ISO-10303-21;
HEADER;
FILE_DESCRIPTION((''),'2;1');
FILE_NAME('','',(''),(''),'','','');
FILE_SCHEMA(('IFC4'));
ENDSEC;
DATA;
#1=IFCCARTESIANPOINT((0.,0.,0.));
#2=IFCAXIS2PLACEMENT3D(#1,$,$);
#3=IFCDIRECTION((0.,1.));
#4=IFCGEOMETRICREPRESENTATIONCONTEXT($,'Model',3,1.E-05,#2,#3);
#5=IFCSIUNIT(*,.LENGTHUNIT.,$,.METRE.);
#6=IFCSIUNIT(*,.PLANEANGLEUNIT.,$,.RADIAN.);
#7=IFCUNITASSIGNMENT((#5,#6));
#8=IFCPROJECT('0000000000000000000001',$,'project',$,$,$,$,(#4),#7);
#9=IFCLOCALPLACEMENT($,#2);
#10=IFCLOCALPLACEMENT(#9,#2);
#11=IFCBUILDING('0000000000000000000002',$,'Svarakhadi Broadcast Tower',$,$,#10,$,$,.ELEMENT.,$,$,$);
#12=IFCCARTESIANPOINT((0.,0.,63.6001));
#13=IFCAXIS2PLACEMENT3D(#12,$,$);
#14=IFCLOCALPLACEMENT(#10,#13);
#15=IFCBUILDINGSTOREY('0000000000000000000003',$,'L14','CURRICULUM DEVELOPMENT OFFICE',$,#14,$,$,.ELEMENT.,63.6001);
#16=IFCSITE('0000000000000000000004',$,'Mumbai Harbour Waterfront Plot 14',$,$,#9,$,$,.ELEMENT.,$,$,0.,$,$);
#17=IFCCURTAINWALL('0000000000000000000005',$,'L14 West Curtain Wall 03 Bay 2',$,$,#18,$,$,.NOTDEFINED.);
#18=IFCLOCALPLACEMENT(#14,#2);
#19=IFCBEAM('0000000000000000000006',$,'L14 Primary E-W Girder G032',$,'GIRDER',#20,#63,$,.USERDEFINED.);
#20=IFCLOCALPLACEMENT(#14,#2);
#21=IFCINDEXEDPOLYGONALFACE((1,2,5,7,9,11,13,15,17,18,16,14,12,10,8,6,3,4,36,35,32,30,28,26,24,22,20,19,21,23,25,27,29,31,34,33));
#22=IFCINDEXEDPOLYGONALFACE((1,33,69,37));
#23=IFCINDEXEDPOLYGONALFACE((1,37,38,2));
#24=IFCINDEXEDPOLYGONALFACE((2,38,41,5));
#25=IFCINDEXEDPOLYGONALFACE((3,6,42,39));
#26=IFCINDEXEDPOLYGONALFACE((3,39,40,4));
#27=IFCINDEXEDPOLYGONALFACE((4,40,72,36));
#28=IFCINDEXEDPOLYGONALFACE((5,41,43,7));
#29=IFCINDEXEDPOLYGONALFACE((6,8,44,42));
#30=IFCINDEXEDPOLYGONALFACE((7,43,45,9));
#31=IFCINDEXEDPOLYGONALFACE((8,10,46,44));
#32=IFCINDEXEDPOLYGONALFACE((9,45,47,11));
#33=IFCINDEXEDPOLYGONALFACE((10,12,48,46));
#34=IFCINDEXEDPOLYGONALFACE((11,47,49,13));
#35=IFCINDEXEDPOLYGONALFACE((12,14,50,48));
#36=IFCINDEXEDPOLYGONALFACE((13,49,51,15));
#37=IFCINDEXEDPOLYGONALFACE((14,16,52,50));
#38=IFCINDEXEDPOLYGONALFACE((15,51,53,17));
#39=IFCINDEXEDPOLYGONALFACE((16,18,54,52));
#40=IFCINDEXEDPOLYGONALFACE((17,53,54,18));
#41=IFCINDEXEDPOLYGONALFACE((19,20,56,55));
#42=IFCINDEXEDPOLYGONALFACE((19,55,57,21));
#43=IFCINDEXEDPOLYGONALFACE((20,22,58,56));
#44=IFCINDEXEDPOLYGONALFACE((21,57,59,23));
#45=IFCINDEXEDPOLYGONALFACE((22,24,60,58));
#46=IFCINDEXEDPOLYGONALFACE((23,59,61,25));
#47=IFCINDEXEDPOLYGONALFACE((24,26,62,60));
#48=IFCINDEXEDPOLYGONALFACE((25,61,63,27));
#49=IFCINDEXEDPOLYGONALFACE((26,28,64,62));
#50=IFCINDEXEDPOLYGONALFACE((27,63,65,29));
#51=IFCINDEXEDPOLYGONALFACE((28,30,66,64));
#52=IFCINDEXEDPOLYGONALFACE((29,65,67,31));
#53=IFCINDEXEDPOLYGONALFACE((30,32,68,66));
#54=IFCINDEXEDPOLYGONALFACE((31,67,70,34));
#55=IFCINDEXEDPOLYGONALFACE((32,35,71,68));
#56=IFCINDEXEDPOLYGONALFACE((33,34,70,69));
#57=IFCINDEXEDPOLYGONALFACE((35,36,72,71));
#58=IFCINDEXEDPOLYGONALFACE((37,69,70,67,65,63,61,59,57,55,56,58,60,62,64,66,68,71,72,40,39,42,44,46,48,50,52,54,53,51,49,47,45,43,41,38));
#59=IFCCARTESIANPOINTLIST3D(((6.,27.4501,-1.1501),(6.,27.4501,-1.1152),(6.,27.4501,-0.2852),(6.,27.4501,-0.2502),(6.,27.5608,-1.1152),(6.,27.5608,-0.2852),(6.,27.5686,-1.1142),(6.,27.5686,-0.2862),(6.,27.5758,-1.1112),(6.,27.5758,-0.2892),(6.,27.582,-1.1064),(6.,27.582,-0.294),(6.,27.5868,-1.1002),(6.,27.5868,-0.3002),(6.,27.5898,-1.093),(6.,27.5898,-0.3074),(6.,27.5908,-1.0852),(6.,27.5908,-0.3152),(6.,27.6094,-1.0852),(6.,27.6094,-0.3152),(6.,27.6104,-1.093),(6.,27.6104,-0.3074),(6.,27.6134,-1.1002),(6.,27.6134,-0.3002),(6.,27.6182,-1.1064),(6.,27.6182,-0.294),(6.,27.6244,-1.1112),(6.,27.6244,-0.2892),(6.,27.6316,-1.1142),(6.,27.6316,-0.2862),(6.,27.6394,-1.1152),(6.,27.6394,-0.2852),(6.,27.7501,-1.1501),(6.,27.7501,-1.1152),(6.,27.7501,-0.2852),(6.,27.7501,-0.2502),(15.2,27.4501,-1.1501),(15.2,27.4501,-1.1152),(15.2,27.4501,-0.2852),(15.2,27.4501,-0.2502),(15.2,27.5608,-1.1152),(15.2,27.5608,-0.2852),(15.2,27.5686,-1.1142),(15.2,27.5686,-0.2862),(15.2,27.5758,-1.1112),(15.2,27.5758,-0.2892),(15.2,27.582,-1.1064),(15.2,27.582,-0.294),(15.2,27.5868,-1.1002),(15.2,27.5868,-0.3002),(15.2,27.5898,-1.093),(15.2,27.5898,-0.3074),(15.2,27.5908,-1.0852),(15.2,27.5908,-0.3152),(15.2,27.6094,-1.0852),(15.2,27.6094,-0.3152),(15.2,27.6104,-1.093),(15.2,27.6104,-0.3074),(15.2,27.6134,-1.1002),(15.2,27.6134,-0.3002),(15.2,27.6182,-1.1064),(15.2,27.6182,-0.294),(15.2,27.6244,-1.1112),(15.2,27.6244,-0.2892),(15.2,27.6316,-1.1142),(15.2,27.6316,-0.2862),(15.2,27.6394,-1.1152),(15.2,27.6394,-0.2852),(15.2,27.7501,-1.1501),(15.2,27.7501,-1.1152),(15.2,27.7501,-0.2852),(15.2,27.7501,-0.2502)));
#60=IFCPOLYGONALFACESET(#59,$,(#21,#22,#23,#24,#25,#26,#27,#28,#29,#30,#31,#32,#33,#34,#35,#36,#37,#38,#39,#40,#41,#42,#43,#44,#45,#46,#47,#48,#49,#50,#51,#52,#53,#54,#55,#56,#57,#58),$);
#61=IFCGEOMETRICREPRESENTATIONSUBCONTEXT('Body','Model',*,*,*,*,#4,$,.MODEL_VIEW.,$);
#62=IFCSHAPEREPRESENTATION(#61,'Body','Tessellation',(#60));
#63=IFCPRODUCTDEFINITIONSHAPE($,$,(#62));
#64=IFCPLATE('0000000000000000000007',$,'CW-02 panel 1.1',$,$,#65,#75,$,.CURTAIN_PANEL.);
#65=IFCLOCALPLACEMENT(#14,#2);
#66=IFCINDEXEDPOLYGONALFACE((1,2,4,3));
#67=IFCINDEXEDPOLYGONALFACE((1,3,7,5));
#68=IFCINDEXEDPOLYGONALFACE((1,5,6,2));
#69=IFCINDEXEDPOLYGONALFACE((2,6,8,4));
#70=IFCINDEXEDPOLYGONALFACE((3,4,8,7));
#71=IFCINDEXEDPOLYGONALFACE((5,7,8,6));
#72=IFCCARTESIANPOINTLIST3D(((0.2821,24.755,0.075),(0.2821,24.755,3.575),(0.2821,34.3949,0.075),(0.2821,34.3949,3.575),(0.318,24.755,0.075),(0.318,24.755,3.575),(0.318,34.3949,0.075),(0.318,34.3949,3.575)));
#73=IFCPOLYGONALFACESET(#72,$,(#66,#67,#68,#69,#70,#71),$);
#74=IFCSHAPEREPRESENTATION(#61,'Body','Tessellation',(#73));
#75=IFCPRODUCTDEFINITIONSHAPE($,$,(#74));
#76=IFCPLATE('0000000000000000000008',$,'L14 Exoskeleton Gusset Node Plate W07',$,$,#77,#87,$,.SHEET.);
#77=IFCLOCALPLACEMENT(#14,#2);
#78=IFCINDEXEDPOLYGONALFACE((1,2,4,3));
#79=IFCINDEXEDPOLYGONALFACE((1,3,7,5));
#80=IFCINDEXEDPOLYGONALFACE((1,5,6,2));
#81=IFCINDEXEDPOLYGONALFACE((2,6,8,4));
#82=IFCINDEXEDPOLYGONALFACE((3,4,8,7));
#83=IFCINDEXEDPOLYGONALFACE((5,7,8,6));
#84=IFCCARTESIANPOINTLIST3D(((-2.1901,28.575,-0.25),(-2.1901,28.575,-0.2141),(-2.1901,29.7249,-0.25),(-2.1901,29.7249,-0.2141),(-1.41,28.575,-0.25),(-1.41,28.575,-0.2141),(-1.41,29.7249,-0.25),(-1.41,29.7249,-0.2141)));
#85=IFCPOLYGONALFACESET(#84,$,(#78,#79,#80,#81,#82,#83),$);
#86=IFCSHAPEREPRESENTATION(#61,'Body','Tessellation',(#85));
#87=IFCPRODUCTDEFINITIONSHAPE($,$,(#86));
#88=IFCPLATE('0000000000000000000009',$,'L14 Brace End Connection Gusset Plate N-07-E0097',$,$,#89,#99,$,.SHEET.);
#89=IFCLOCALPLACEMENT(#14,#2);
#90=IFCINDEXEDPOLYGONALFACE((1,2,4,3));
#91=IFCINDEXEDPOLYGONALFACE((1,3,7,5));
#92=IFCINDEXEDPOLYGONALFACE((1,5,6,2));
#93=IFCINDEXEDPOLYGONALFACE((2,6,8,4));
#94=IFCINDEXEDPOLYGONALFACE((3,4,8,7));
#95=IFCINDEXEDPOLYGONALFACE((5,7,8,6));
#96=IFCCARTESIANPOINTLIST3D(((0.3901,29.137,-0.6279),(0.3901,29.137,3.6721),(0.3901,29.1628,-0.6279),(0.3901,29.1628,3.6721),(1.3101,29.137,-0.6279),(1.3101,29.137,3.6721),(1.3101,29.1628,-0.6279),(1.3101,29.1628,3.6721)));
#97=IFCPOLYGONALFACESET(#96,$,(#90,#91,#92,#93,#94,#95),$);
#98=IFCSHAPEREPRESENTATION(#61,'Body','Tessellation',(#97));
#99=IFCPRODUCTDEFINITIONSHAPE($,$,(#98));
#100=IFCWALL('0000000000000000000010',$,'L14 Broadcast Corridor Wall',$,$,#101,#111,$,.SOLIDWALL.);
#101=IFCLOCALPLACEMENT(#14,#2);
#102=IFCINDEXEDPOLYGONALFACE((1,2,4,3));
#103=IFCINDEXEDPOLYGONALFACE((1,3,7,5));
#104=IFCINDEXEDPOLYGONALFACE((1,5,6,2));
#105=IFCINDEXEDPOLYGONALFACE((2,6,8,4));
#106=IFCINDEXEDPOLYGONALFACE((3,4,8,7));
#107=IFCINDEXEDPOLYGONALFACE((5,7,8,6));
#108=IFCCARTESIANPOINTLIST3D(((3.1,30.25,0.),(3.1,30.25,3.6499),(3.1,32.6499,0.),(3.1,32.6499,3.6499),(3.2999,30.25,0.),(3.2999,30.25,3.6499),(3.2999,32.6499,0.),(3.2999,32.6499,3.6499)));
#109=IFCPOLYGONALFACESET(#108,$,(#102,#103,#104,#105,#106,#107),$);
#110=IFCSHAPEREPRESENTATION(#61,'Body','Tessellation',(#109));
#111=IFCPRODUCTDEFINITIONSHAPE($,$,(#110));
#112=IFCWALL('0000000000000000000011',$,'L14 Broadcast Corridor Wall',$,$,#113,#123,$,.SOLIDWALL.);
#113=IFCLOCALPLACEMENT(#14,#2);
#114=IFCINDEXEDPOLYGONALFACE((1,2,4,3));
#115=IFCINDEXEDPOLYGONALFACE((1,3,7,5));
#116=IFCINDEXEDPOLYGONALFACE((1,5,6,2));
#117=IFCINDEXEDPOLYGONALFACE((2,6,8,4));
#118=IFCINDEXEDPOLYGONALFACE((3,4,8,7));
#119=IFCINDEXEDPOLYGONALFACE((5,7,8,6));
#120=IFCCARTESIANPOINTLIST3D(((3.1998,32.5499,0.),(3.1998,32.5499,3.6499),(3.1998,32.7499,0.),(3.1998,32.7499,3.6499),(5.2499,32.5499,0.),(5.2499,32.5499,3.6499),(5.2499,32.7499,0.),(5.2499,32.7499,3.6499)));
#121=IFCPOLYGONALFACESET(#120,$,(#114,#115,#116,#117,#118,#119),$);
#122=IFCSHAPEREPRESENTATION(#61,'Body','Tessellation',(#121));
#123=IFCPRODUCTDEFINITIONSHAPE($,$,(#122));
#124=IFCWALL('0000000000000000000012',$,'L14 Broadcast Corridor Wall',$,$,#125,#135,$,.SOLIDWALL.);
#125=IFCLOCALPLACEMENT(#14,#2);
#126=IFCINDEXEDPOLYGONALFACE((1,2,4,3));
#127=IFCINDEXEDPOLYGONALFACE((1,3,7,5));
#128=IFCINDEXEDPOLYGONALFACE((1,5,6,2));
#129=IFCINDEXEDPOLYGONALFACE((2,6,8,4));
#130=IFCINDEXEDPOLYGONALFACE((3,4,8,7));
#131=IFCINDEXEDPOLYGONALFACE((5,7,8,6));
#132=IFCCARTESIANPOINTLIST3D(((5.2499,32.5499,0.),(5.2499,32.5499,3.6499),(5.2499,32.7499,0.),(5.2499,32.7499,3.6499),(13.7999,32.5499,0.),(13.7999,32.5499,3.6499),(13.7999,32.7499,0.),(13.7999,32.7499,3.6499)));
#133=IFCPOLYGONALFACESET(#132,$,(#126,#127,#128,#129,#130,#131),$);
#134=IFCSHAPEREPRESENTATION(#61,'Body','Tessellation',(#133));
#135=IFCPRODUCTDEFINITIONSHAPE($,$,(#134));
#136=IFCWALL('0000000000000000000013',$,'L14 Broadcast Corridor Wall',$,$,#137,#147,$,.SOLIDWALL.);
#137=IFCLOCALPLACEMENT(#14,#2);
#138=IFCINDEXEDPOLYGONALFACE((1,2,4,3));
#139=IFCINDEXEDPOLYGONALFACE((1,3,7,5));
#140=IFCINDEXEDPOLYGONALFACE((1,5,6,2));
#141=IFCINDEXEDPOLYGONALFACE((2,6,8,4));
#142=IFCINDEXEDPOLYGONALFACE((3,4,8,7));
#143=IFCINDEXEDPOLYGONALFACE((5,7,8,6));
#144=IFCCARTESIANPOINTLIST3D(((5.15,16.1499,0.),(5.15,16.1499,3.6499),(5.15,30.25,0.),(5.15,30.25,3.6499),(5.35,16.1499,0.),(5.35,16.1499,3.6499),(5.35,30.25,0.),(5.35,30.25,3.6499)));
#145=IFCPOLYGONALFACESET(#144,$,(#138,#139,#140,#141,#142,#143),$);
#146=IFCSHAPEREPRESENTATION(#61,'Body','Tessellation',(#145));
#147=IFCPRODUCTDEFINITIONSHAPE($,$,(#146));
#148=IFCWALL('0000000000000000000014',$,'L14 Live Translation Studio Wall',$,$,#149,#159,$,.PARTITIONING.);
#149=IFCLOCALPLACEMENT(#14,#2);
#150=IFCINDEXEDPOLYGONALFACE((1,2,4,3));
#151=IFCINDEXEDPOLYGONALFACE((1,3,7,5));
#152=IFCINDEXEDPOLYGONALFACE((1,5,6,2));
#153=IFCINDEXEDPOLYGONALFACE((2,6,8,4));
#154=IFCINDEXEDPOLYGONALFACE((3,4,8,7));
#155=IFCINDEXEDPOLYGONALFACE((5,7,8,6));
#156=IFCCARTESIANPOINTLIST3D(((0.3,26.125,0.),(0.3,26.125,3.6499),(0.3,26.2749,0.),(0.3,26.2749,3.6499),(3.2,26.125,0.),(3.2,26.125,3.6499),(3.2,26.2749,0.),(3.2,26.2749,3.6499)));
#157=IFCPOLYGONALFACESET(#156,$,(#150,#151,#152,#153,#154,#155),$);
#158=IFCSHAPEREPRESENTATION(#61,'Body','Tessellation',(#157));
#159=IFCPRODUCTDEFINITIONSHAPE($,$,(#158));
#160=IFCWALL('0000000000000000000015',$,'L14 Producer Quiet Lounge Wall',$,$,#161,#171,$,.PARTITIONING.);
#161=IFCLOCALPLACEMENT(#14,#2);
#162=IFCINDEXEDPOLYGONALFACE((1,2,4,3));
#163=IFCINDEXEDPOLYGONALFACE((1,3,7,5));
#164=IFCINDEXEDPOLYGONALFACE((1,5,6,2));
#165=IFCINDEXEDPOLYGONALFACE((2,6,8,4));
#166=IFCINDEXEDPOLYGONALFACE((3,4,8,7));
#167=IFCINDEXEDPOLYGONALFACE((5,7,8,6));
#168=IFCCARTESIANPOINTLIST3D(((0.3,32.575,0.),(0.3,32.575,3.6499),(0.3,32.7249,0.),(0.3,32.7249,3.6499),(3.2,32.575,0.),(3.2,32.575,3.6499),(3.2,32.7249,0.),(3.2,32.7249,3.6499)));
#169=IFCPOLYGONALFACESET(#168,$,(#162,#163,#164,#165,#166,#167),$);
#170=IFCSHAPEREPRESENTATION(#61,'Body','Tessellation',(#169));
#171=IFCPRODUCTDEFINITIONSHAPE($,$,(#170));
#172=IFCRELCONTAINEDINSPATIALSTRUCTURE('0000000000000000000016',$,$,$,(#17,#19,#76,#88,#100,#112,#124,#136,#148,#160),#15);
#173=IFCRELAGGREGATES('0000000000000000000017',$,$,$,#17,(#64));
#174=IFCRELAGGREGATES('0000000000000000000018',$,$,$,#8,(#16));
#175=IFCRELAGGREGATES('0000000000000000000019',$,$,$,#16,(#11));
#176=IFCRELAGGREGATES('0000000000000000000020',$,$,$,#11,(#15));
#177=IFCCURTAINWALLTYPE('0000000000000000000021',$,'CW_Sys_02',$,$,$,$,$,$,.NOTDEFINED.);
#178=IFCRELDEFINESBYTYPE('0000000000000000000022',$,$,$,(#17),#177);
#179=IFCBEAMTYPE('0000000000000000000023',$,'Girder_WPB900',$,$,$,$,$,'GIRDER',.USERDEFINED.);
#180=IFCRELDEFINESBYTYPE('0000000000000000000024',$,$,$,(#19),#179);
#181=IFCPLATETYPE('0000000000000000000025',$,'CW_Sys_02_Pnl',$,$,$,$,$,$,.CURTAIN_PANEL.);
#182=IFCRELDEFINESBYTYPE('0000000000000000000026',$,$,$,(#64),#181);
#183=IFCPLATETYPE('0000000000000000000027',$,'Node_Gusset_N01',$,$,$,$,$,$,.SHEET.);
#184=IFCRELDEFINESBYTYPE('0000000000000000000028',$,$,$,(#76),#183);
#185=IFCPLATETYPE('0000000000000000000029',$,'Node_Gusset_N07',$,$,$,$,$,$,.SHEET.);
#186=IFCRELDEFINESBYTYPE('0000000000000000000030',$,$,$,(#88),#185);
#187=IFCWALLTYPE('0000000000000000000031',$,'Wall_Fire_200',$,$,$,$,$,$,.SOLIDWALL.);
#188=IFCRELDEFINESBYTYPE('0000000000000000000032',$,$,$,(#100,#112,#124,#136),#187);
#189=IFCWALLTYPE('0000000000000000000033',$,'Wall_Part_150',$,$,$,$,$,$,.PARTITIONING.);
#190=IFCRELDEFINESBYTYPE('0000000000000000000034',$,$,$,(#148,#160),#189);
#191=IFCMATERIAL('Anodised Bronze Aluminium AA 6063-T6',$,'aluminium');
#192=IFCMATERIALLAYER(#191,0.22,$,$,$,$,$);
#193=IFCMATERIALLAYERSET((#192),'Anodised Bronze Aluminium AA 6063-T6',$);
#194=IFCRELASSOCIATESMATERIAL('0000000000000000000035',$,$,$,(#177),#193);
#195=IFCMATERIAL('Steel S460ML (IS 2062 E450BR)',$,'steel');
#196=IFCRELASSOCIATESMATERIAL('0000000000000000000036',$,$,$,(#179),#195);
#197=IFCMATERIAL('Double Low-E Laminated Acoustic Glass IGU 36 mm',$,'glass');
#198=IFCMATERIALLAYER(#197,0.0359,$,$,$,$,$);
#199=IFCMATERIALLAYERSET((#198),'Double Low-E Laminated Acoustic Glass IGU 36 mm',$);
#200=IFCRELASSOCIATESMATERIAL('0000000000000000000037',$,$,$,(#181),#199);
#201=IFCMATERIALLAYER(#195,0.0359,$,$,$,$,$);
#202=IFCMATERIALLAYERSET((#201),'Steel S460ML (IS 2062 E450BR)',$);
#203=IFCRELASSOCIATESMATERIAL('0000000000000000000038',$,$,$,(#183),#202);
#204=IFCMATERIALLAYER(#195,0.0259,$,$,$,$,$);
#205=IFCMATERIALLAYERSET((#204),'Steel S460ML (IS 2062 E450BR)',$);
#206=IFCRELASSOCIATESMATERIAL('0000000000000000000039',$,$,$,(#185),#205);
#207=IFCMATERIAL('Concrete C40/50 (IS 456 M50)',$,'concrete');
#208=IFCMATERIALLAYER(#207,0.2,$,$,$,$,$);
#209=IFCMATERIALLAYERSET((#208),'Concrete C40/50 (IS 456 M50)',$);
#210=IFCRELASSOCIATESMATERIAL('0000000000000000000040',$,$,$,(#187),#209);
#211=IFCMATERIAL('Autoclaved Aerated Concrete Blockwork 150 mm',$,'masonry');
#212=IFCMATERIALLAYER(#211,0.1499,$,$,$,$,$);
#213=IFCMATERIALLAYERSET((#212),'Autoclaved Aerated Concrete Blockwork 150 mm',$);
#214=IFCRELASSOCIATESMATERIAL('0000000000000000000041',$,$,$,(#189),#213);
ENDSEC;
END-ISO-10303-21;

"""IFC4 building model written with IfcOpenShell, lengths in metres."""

from ifc_helpers import new_model, si_unit, direction, frame, frame_2d, origin, origin_2d, place, context, subcontext, project, spatial, rectangle, i_section, extrude, material, layer, layer_set, material_profile, profile_set, type_object, element, aggregate, save


model = new_model("IFC4")

# Units and contexts
model_context = context("Model", 3, precision=1e-05, world=origin(), true_north=direction((0.0, 1.0)))
body_context = subcontext(model_context, "Body", "Model", "MODEL_VIEW")
ifc_project = project(units=[si_unit("LENGTHUNIT", "METRE"), si_unit("PLANEANGLEUNIT", "RADIAN")], contexts=[model_context])

# Site, building, storey
site_placement = place(None, origin())
site = spatial("IfcSite", under=ifc_project, at=site_placement, Name="Mumbai Harbour Waterfront Plot 14", CompositionType="ELEMENT", RefElevation=0.0)
building_placement = place(site_placement, origin())
building = spatial("IfcBuilding", under=site, at=building_placement, Name="Svarakhadi Broadcast Tower", CompositionType="ELEMENT")
storey_placement = place(building_placement, frame((0.0, 0.0, 63.6001)))
storey = spatial("IfcBuildingStorey", under=building, at=storey_placement, Name="L14", Description="CURRICULUM DEVELOPMENT OFFICE", CompositionType="ELEMENT", Elevation=63.6001)

# Shared definitions
ifc_material_1 = material(Name="Steel S460ML (IS 2062 E450BR)", Category="steel")

# Shared definitions
ifc_material_2 = material(Name="Anodised Bronze Aluminium AA 6063-T6", Category="aluminium")
ifc_layer_1 = layer(ifc_material_2, 0.22)
ifc_layer_set_1 = layer_set([ifc_layer_1], Name="Anodised Bronze Aluminium AA 6063-T6")
curtain_wall_type = type_object("IfcCurtainWallType", Name="CW_Sys_02", PredefinedType="NOTDEFINED", material=ifc_layer_set_1)

# Curtain wall
curtain_wall_1_placement = place(storey_placement, origin())
curtain_wall_1 = element("IfcCurtainWall", 1, at=curtain_wall_1_placement, inside=storey, type_object=curtain_wall_type, Name="L14 West Curtain Wall 03 Bay 2", PredefinedType="NOTDEFINED")

# Beam
ifc_material_profile_1 = material_profile(ifc_material_1, i_section(OverallWidth=0.3, OverallDepth=0.8999, WebThickness=0.0186, FlangeThickness=0.0349, FilletRadius=0.03, at=origin_2d()), Name="WPB 900x300x291")
ifc_profile_set_1 = profile_set([ifc_material_profile_1], Name="Steel S460ML (IS 2062 E450BR)")
beam_type_1 = type_object("IfcBeamType", Name="Girder_WPB900", ElementType="GIRDER", PredefinedType="USERDEFINED", material=ifc_profile_set_1)
beam_1_placement = place(storey_placement, frame((6.0, 27.6001, -0.7002), z_axis=(1.0, 0.0, 0.0), x_axis=(0.0, 1.0, 0.0)))
element("IfcBeam", 2, at=beam_1_placement, inside=storey, type_object=beam_type_1, Name="L14 Primary E-W Girder G032", ObjectType="GIRDER", PredefinedType="USERDEFINED", context=body_context, shape_type="SweptSolid", body=[
    extrude(i_section(OverallWidth=0.3, OverallDepth=0.8999, WebThickness=0.0186, FlangeThickness=0.0349, FilletRadius=0.03, at=origin_2d()), origin(), (0.0, 0.0, 1.0), 9.2),
])

# Plate
ifc_material_3 = material(Name="Double Low-E Laminated Acoustic Glass IGU 36 mm", Category="glass")
ifc_layer_2 = layer(ifc_material_3, 0.0359)
ifc_layer_set_2 = layer_set([ifc_layer_2], Name="Double Low-E Laminated Acoustic Glass IGU 36 mm")
plate_type_1 = type_object("IfcPlateType", Name="CW_Sys_02_Pnl", PredefinedType="CURTAIN_PANEL", material=ifc_layer_set_2)
plate_1_placement = place(storey_placement, frame((0.3, 29.575, 0.075), z_axis=(0.0, 0.0, 1.0), x_axis=(0.0, 1.0, 0.0)))
plate_1 = element("IfcPlate", 3, at=plate_1_placement, type_object=plate_type_1, Name="CW-02 panel 1.1", PredefinedType="CURTAIN_PANEL", context=body_context, shape_type="SweptSolid", body=[
    extrude(rectangle(XDim=9.6399, YDim=0.0359, at=origin_2d()), origin(), (0.0, 0.0, 1.0), 3.5),
])
aggregate(curtain_wall_1, [plate_1])

# Plates
ifc_layer_3 = layer(ifc_material_1, 0.0359)
ifc_layer_set_3 = layer_set([ifc_layer_3], Name="Steel S460ML (IS 2062 E450BR)")
plate_type_2 = type_object("IfcPlateType", Name="Node_Gusset_N01", PredefinedType="SHEET", material=ifc_layer_set_3)
plate_2_placement = place(storey_placement, frame((-1.8, 29.1499, -0.25), z_axis=(0.0, 0.0, 1.0), x_axis=(0.0, 1.0, 0.0)))
element("IfcPlate", 4, at=plate_2_placement, inside=storey, type_object=plate_type_2, Name="L14 Exoskeleton Gusset Node Plate W07", PredefinedType="SHEET", context=body_context, shape_type="SweptSolid", body=[
    extrude(rectangle(XDim=1.1499, YDim=0.78, at=origin_2d()), origin(), (0.0, 0.0, 1.0), 0.0359),
])
ifc_layer_4 = layer(ifc_material_1, 0.0259)
ifc_layer_set_4 = layer_set([ifc_layer_4], Name="Steel S460ML (IS 2062 E450BR)")
plate_type_3 = type_object("IfcPlateType", Name="Node_Gusset_N07", PredefinedType="SHEET", material=ifc_layer_set_4)
plate_3_placement = place(storey_placement, frame((0.8501, 29.1499, -0.6279), z_axis=(0.0, 0.0, 1.0), x_axis=(1.0, 0.0, 0.0)))
element("IfcPlate", 5, at=plate_3_placement, inside=storey, type_object=plate_type_3, Name="L14 Brace End Connection Gusset Plate N-07-E0097", PredefinedType="SHEET", context=body_context, shape_type="SweptSolid", body=[
    extrude(rectangle(XDim=0.9199, YDim=0.0259, at=origin_2d()), origin(), (0.0, 0.0, 1.0), 4.3),
])

# Walls
ifc_material_4 = material(Name="Concrete C40/50 (IS 456 M50)", Category="concrete")
ifc_layer_5 = layer(ifc_material_4, 0.2)
ifc_layer_set_5 = layer_set([ifc_layer_5], Name="Concrete C40/50 (IS 456 M50)")
wall_type_1 = type_object("IfcWallType", Name="Wall_Fire_200", PredefinedType="SOLIDWALL", material=ifc_layer_set_5)
wall_1_placement = place(storey_placement, frame((3.2, 30.25, 0.0), z_axis=(0.0, 0.0, 1.0), x_axis=(0.0, 1.0, 0.0)))
element("IfcWall", 6, at=wall_1_placement, inside=storey, type_object=wall_type_1, Name="L14 Broadcast Corridor Wall", PredefinedType="SOLIDWALL", context=body_context, shape_type="SweptSolid", body=[
    extrude(rectangle(XDim=2.3999, YDim=0.2, at=frame_2d((1.2, 0.0))), origin(), (0.0, 0.0, 1.0), 3.6499),
])
wall_2_placement = place(storey_placement, frame((3.2, 32.6499, 0.0), z_axis=(0.0, 0.0, 1.0), x_axis=(1.0, 0.0, 0.0)))
element("IfcWall", 7, at=wall_2_placement, inside=storey, type_object=wall_type_1, Name="L14 Broadcast Corridor Wall", PredefinedType="SOLIDWALL", context=body_context, shape_type="SweptSolid", body=[
    extrude(rectangle(XDim=2.05, YDim=0.2, at=frame_2d((1.0249, 0.0))), origin(), (0.0, 0.0, 1.0), 3.6499),
])
wall_3_placement = place(storey_placement, frame((5.25, 32.6499, 0.0), z_axis=(0.0, 0.0, 1.0), x_axis=(1.0, 0.0, 0.0)))
element("IfcWall", 8, at=wall_3_placement, inside=storey, type_object=wall_type_1, Name="L14 Broadcast Corridor Wall", PredefinedType="SOLIDWALL", context=body_context, shape_type="SweptSolid", body=[
    extrude(rectangle(XDim=8.55, YDim=0.2, at=frame_2d((4.2749, 0.0))), origin(), (0.0, 0.0, 1.0), 3.6499),
])
wall_4_placement = place(storey_placement, frame((5.25, 30.25, 0.0), z_axis=(0.0, 0.0, 1.0), x_axis=(0.0, -1.0, 0.0)))
element("IfcWall", 9, at=wall_4_placement, inside=storey, type_object=wall_type_1, Name="L14 Broadcast Corridor Wall", PredefinedType="SOLIDWALL", context=body_context, shape_type="SweptSolid", body=[
    extrude(rectangle(XDim=14.1001, YDim=0.2, at=frame_2d((7.05, 0.0))), origin(), (0.0, 0.0, 1.0), 3.6499),
])
ifc_material_5 = material(Name="Autoclaved Aerated Concrete Blockwork 150 mm", Category="masonry")
ifc_layer_6 = layer(ifc_material_5, 0.1499)
ifc_layer_set_6 = layer_set([ifc_layer_6], Name="Autoclaved Aerated Concrete Blockwork 150 mm")
wall_type_2 = type_object("IfcWallType", Name="Wall_Part_150", PredefinedType="PARTITIONING", material=ifc_layer_set_6)
for number, where, z_axis, x_axis, name in (
    (10, (0.3, 26.2, 0.0), (0.0, 0.0, 1.0), (1.0, 0.0, 0.0), "L14 Live Translation Studio Wall"),
    (11, (0.3, 32.6499, 0.0), (0.0, 0.0, 1.0), (1.0, 0.0, 0.0), "L14 Producer Quiet Lounge Wall"),
):
    element("IfcWall", number, at=place(storey_placement, frame(where, z_axis=z_axis, x_axis=x_axis)), inside=storey, type_object=wall_type_2, Name=name, PredefinedType="PARTITIONING", context=body_context, shape_type="SweptSolid", body=[
        extrude(rectangle(XDim=2.8999, YDim=0.1499, at=frame_2d((1.45, 0.0))), origin(), (0.0, 0.0, 1.0), 3.6499),
    ])

save(model, "model.ifc")
